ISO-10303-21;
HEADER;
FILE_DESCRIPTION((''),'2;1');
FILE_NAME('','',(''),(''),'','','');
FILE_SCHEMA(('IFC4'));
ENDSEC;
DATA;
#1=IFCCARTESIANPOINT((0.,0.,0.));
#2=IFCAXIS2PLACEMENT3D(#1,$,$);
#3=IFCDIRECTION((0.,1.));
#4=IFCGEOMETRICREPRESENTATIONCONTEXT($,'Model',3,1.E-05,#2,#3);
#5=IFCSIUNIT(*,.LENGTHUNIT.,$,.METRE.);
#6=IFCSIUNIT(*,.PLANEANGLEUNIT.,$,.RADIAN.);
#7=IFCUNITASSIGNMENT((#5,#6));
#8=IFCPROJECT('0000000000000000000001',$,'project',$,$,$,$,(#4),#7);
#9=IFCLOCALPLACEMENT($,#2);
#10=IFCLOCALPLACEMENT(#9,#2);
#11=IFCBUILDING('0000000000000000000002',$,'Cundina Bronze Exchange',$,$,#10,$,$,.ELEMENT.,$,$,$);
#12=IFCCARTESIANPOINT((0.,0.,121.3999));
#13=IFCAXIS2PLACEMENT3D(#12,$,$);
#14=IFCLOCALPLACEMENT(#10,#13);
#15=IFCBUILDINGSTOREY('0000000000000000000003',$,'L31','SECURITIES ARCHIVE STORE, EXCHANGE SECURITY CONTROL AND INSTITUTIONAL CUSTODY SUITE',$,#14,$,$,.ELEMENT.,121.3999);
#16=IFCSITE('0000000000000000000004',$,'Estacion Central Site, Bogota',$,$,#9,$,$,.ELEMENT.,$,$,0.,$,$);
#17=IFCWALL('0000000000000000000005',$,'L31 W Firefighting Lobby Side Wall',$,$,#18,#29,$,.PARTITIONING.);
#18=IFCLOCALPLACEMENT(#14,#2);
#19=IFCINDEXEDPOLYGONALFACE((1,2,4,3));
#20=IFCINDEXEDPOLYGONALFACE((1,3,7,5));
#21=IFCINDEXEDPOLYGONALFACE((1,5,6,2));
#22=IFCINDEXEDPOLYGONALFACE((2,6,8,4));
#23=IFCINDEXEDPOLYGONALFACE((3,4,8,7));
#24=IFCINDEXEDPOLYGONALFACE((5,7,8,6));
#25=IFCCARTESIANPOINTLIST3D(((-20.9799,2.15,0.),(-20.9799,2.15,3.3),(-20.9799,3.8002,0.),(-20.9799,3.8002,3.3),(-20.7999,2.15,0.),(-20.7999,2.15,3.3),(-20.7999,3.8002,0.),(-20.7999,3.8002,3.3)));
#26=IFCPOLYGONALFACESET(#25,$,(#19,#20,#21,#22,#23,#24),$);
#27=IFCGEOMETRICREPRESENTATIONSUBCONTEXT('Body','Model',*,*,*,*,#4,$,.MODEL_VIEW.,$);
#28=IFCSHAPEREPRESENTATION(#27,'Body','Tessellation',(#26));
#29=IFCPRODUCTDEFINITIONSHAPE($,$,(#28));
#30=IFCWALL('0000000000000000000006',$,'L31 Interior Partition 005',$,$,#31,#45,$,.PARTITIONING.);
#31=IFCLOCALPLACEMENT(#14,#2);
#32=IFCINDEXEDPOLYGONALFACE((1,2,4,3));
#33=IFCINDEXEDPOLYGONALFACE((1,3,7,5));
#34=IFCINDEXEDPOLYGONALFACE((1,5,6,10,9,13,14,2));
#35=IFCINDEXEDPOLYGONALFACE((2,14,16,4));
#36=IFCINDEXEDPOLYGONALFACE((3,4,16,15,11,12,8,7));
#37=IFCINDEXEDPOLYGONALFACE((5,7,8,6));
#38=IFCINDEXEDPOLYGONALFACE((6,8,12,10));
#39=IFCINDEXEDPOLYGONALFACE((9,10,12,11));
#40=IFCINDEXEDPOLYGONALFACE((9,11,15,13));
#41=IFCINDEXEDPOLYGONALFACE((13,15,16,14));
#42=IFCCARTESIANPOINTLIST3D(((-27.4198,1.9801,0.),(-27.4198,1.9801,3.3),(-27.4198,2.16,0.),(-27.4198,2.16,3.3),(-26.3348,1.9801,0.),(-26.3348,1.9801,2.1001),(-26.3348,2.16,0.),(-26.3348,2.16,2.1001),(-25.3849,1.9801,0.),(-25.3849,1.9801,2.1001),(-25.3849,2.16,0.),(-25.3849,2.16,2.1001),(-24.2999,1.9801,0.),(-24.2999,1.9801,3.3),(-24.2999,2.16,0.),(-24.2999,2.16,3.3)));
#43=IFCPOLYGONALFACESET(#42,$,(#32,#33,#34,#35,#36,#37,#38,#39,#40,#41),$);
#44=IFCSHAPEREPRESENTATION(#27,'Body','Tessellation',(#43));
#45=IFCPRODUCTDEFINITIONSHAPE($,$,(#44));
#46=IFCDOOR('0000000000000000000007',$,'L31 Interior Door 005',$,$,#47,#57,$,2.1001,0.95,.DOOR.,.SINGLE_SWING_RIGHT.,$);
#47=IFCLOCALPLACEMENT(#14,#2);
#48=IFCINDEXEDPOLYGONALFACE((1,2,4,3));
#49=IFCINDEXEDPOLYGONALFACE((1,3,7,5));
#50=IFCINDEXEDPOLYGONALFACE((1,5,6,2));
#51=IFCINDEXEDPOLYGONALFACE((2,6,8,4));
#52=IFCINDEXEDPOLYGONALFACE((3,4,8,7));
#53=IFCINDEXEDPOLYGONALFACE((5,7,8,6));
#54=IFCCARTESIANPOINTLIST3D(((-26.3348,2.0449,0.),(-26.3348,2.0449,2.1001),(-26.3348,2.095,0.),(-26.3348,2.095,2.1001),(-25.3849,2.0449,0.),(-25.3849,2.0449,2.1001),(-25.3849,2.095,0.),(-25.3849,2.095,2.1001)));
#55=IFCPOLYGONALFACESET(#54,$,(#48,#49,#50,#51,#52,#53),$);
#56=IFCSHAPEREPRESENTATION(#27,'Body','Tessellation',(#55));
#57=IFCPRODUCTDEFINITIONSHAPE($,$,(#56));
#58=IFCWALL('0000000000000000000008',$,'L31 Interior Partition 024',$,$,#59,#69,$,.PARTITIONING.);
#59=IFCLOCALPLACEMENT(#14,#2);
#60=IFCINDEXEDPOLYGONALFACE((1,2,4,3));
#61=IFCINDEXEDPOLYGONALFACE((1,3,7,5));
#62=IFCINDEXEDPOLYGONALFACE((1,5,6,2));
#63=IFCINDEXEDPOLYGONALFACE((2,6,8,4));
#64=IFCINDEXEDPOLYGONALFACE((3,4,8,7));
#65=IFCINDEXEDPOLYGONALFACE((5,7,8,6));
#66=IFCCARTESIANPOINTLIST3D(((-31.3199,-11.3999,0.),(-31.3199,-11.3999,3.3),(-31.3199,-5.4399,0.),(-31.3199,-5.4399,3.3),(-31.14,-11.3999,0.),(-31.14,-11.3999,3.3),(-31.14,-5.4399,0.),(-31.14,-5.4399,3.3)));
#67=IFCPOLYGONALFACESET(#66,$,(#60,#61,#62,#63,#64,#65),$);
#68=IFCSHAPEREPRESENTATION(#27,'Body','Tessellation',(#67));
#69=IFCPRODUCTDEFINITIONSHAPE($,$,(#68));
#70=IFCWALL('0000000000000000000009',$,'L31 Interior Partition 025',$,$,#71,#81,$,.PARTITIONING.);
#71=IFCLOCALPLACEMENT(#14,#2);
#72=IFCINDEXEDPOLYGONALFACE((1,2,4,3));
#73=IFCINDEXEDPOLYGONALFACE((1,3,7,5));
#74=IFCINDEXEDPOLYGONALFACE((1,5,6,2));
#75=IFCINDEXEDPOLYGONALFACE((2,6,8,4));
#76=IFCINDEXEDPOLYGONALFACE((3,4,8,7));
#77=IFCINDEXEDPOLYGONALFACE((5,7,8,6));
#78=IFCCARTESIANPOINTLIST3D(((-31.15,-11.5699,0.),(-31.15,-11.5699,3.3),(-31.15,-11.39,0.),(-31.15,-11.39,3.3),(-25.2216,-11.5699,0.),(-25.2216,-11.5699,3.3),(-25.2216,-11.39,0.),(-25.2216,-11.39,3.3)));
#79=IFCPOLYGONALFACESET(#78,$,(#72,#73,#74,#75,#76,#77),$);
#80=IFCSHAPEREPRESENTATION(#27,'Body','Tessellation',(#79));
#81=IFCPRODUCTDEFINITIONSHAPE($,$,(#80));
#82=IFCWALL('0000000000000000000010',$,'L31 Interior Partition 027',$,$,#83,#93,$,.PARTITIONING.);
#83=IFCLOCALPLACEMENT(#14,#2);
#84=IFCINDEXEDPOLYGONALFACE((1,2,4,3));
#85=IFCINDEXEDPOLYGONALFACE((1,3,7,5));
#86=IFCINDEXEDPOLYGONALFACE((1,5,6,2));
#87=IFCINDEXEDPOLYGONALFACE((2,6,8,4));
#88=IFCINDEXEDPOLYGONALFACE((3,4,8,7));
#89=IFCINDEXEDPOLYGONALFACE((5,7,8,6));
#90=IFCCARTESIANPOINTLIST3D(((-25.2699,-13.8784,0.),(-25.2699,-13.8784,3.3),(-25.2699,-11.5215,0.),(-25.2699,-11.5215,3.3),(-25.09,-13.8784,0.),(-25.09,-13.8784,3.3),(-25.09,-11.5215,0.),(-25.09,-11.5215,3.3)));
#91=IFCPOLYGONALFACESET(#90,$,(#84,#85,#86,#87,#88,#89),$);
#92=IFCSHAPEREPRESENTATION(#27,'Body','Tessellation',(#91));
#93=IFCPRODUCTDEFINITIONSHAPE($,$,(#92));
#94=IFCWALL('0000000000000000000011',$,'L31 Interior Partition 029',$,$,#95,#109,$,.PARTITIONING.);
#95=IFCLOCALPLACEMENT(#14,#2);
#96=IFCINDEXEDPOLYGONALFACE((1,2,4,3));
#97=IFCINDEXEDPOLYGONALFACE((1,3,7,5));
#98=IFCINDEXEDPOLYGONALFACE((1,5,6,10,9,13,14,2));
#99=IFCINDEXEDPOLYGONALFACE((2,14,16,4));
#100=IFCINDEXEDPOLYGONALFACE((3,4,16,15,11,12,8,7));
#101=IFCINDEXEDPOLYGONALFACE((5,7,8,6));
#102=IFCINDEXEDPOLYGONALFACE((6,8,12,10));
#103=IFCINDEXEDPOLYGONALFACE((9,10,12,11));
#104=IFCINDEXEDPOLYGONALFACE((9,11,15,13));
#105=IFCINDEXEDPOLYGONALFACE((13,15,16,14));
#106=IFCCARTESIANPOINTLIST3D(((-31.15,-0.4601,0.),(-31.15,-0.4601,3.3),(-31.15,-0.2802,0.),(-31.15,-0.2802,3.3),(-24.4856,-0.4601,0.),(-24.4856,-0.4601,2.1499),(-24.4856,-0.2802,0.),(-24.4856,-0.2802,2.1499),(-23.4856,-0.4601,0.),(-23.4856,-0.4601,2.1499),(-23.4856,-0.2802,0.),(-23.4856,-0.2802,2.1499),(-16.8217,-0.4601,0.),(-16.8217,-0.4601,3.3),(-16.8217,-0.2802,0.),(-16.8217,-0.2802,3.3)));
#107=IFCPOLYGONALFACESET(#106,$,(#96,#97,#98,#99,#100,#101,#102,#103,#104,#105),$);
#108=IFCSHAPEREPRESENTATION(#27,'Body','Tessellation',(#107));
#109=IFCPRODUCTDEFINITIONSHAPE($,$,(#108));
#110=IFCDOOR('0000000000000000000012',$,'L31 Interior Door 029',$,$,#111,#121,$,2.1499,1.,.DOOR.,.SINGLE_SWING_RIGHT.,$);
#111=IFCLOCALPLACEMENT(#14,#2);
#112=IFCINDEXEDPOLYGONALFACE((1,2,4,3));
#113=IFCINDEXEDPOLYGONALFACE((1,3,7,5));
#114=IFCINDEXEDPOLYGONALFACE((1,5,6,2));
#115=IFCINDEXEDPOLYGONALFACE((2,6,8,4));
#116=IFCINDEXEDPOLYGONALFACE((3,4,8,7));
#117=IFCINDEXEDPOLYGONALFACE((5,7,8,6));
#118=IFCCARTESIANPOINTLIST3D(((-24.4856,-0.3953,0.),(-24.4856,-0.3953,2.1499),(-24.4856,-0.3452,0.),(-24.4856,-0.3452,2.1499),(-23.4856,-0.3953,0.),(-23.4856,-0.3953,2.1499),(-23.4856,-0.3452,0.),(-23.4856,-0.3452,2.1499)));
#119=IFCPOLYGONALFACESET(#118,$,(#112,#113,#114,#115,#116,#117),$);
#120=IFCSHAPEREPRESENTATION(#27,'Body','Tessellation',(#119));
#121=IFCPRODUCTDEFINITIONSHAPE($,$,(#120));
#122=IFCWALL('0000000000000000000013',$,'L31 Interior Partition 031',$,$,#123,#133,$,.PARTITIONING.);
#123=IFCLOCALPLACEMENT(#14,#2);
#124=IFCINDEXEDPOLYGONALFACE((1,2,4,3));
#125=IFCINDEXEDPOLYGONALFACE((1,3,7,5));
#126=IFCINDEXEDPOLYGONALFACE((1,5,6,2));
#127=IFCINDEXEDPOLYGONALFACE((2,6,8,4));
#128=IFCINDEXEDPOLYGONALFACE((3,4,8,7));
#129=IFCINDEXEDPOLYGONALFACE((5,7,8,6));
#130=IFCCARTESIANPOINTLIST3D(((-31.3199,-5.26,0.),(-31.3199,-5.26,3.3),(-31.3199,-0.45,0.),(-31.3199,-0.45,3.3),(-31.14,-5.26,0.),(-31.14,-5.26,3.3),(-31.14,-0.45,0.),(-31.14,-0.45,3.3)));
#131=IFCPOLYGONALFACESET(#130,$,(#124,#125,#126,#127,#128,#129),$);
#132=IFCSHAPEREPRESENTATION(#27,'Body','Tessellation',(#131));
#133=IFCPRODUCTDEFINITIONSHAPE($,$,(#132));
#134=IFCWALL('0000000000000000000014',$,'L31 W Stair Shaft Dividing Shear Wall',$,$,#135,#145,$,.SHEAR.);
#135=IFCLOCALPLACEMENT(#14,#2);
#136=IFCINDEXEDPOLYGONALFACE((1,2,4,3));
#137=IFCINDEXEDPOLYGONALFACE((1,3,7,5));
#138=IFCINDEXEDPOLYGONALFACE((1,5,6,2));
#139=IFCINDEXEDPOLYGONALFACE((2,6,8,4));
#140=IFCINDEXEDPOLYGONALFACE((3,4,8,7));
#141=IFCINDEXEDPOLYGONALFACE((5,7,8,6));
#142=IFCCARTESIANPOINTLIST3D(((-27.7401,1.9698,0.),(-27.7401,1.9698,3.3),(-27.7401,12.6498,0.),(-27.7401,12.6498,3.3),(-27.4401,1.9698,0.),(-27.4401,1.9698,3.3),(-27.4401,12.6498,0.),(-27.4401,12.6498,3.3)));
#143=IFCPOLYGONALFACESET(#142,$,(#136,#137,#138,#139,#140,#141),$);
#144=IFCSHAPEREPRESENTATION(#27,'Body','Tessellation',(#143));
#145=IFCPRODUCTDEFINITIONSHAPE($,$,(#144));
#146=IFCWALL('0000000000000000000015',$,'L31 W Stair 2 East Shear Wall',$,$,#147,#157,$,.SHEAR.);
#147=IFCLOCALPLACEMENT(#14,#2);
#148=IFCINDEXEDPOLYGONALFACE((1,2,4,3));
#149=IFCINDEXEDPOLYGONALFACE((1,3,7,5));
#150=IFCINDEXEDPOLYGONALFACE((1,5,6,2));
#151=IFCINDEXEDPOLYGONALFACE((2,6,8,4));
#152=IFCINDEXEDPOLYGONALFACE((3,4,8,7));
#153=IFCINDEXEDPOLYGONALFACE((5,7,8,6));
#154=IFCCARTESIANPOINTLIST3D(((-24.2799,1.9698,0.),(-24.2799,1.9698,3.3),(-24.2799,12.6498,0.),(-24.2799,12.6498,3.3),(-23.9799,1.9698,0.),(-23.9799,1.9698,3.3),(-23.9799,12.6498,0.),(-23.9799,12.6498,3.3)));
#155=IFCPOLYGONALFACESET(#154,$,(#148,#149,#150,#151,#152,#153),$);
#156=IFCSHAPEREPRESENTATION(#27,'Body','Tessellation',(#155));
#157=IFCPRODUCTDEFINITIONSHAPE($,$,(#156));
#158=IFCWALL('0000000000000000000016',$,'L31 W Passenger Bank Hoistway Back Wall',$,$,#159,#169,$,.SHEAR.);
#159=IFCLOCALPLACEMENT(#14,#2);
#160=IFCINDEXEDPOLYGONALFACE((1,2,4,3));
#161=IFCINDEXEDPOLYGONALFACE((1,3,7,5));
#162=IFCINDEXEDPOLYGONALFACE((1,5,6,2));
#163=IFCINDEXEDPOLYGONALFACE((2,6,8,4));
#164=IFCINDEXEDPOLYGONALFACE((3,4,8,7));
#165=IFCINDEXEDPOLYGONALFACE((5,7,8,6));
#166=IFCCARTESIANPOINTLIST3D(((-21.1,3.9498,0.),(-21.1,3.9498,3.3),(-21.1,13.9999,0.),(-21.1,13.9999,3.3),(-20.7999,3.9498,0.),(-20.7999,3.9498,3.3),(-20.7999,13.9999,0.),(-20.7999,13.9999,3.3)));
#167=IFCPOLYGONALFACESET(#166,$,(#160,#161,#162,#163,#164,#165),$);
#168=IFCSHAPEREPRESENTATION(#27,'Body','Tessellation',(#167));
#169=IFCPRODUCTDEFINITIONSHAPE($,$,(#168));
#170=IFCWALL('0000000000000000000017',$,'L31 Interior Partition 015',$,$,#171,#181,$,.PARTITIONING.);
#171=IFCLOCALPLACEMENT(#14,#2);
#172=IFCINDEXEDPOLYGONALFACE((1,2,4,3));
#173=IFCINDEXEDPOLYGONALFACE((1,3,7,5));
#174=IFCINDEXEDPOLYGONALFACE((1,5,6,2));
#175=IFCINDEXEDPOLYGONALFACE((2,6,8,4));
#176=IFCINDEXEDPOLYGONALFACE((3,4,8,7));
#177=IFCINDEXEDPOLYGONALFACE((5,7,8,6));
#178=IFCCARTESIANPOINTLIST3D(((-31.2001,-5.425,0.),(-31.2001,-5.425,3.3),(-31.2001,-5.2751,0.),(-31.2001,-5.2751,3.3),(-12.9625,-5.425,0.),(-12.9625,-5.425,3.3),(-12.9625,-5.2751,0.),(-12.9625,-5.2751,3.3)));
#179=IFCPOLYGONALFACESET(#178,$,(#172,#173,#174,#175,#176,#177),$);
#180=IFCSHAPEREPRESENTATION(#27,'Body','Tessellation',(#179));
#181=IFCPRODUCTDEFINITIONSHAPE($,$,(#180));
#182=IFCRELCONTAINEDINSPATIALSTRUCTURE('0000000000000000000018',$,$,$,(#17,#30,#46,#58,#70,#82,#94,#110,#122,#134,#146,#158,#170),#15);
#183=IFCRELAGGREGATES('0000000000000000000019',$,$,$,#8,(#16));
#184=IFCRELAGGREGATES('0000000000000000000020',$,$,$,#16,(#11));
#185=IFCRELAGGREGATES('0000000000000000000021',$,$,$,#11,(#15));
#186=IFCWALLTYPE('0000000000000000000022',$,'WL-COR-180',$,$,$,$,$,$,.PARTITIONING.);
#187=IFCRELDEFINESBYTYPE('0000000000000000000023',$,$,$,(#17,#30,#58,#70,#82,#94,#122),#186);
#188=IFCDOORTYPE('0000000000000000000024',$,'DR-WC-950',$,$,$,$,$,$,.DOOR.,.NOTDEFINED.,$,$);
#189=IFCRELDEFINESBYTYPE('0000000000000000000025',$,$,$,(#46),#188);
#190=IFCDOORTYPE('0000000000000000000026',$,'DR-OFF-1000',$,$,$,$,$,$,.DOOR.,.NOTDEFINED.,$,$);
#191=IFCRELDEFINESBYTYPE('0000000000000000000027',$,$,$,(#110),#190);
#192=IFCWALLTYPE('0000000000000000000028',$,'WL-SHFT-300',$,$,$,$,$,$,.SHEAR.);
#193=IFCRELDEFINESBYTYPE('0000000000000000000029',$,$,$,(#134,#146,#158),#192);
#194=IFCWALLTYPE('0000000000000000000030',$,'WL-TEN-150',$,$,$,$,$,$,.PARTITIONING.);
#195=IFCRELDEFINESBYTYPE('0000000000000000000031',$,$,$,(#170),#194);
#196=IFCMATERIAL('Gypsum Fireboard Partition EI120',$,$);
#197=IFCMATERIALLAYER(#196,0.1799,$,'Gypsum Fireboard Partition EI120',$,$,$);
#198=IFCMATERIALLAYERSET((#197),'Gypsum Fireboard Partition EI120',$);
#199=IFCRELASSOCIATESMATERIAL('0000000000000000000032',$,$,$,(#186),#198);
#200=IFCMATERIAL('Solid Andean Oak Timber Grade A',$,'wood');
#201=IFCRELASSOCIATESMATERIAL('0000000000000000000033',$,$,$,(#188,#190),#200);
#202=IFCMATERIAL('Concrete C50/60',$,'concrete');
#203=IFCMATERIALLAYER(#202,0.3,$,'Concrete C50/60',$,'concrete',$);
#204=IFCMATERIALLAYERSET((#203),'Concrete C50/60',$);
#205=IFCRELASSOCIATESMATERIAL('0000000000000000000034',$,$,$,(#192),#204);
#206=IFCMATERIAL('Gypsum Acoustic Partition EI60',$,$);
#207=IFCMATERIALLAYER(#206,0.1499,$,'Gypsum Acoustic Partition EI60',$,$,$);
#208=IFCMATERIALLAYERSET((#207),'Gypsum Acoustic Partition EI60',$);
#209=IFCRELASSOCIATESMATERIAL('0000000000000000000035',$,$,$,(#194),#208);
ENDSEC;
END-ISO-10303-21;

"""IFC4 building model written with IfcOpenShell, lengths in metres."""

from ifc_helpers import new_model, si_unit, direction, frame, frame_2d, origin, place, context, subcontext, project, spatial, rectangle, extrude, material, layer, layer_set, type_object, element, fill, save


model = new_model("IFC4")

# Units and contexts
model_context = context("Model", 3, precision=1e-05, world=origin(), true_north=direction((0.0, 1.0)))
body_context = subcontext(model_context, "Body", "Model", "MODEL_VIEW")
ifc_project = project(units=[si_unit("LENGTHUNIT", "METRE"), si_unit("PLANEANGLEUNIT", "RADIAN")], contexts=[model_context])

# Site, building, storey
site_placement = place(None, origin())
site = spatial("IfcSite", under=ifc_project, at=site_placement, Name="Estacion Central Site, Bogota", CompositionType="ELEMENT", RefElevation=0.0)
building_placement = place(site_placement, origin())
building = spatial("IfcBuilding", under=site, at=building_placement, Name="Cundina Bronze Exchange", CompositionType="ELEMENT")
storey_placement = place(building_placement, frame((0.0, 0.0, 121.3999)))
storey = spatial("IfcBuildingStorey", under=building, at=storey_placement, Name="L31", Description="SECURITIES ARCHIVE STORE, EXCHANGE SECURITY CONTROL AND INSTITUTIONAL CUSTODY SUITE", CompositionType="ELEMENT", Elevation=121.3999)

# Wall
ifc_material_1 = material(Name="Gypsum Fireboard Partition EI120")
ifc_layer_1 = layer(ifc_material_1, 0.1799, Name="Gypsum Fireboard Partition EI120")
ifc_layer_set_1 = layer_set([ifc_layer_1], Name="Gypsum Fireboard Partition EI120")
wall_type_1 = type_object("IfcWallType", Name="WL-COR-180", PredefinedType="PARTITIONING", material=ifc_layer_set_1)
wall_1_placement = place(storey_placement, frame((-20.8899, 2.1499, 0.0), z_axis=(0.0, 0.0, 1.0), x_axis=(0.0, 1.0, 0.0)))
element("IfcWall", 1, at=wall_1_placement, inside=storey, type_object=wall_type_1, Name="L31 W Firefighting Lobby Side Wall", PredefinedType="PARTITIONING", context=body_context, shape_type="SweptSolid", body=[
    extrude(rectangle(XDim=1.6501, YDim=0.1799, at=frame_2d((0.8252, 0.0))), origin(), (0.0, 0.0, 1.0), 3.3),
])

# Wall, opening, door
wall_2_placement = place(storey_placement, frame((-27.4199, 2.0701, 0.0), z_axis=(0.0, 0.0, 1.0), x_axis=(1.0, 0.0, 0.0)))
wall_2 = element("IfcWall", 2, at=wall_2_placement, inside=storey, type_object=wall_type_1, Name="L31 Interior Partition 005", PredefinedType="PARTITIONING", context=body_context, shape_type="SweptSolid", body=[
    extrude(rectangle(XDim=3.1199, YDim=0.1799, at=frame_2d((1.5601, 0.0))), origin(), (0.0, 0.0, 1.0), 3.3),
])
opening_1_placement = place(wall_2_placement, frame((1.085, 0.0, 0.0)))
opening_1 = element("IfcOpeningElement", 3, at=opening_1_placement, cuts=wall_2, PredefinedType="OPENING", context=body_context, shape_type="SweptSolid", body=[
    extrude(rectangle(XDim=0.95, YDim=2.1001, at=frame_2d((0.4751, 1.05))), frame((0.0, 0.0999, 0.0), z_axis=(0.0, -1.0, 0.0), x_axis=(1.0, 0.0, 0.0)), (0.0, 0.0, 1.0), 0.2),
])
ifc_material_2 = material(Name="Solid Andean Oak Timber Grade A", Category="wood")
door_type_1 = type_object("IfcDoorType", Name="DR-WC-950", OperationType="NOTDEFINED", PredefinedType="DOOR", material=ifc_material_2)
door_1_placement = place(opening_1_placement, origin())
door_1 = element("IfcDoor", 4, at=door_1_placement, inside=storey, type_object=door_type_1, Name="L31 Interior Door 005", OperationType="SINGLE_SWING_RIGHT", OverallHeight=2.1001, OverallWidth=0.95, PredefinedType="DOOR", context=body_context, shape_type="SweptSolid", body=[
    extrude(rectangle(XDim=0.95, YDim=2.1001, at=frame_2d((0.4751, 1.05))), frame((0.0, 0.0249, 0.0), z_axis=(0.0, -1.0, 0.0), x_axis=(1.0, 0.0, 0.0)), (0.0, 0.0, 1.0), 0.05),
])
fill(opening_1, door_1)

# Walls
wall_3_placement = place(storey_placement, frame((-31.23, -11.3999, 0.0), z_axis=(0.0, 0.0, 1.0), x_axis=(0.0, 1.0, 0.0)))
element("IfcWall", 5, at=wall_3_placement, inside=storey, type_object=wall_type_1, Name="L31 Interior Partition 024", PredefinedType="PARTITIONING", context=body_context, shape_type="SweptSolid", body=[
    extrude(rectangle(XDim=5.96, YDim=0.1799, at=frame_2d((2.98, 0.0))), origin(), (0.0, 0.0, 1.0), 3.3),
])
wall_4_placement = place(storey_placement, frame((-25.2214, -11.48, 0.0), z_axis=(0.0, 0.0, 1.0), x_axis=(-1.0, 0.0, 0.0)))
element("IfcWall", 6, at=wall_4_placement, inside=storey, type_object=wall_type_1, Name="L31 Interior Partition 025", PredefinedType="PARTITIONING", context=body_context, shape_type="SweptSolid", body=[
    extrude(rectangle(XDim=5.9285, YDim=0.1799, at=frame_2d((2.9644, 0.0))), origin(), (0.0, 0.0, 1.0), 3.3),
])
wall_5_placement = place(storey_placement, frame((-25.1799, -13.8784, 0.0), z_axis=(0.0, 0.0, 1.0), x_axis=(0.0, 1.0, 0.0)))
element("IfcWall", 7, at=wall_5_placement, inside=storey, type_object=wall_type_1, Name="L31 Interior Partition 027", PredefinedType="PARTITIONING", context=body_context, shape_type="SweptSolid", body=[
    extrude(rectangle(XDim=2.3569, YDim=0.1799, at=frame_2d((1.1785, 0.0))), origin(), (0.0, 0.0, 1.0), 3.3),
])

# Wall, opening, door
wall_6_placement = place(storey_placement, frame((-31.1499, -0.3701, 0.0), z_axis=(0.0, 0.0, 1.0), x_axis=(1.0, 0.0, 0.0)))
wall_6 = element("IfcWall", 8, at=wall_6_placement, inside=storey, type_object=wall_type_1, Name="L31 Interior Partition 029", PredefinedType="PARTITIONING", context=body_context, shape_type="SweptSolid", body=[
    extrude(rectangle(XDim=14.3284, YDim=0.1799, at=frame_2d((7.1641, 0.0))), origin(), (0.0, 0.0, 1.0), 3.3),
])
opening_2_placement = place(wall_6_placement, frame((6.6643, 0.0, 0.0)))
opening_2 = element("IfcOpeningElement", 9, at=opening_2_placement, cuts=wall_6, PredefinedType="OPENING", context=body_context, shape_type="SweptSolid", body=[
    extrude(rectangle(XDim=1.0, YDim=2.1499, at=frame_2d((0.5, 1.075))), frame((0.0, 0.0999, 0.0), z_axis=(0.0, -1.0, 0.0), x_axis=(1.0, 0.0, 0.0)), (0.0, 0.0, 1.0), 0.2),
])
door_type_2 = type_object("IfcDoorType", Name="DR-OFF-1000", OperationType="NOTDEFINED", PredefinedType="DOOR", material=ifc_material_2)
door_2_placement = place(opening_2_placement, origin())
door_2 = element("IfcDoor", 10, at=door_2_placement, inside=storey, type_object=door_type_2, Name="L31 Interior Door 029", OperationType="SINGLE_SWING_RIGHT", OverallHeight=2.1499, OverallWidth=1.0, PredefinedType="DOOR", context=body_context, shape_type="SweptSolid", body=[
    extrude(rectangle(XDim=1.0, YDim=2.1499, at=frame_2d((0.5, 1.075))), frame((0.0, 0.0249, 0.0), z_axis=(0.0, -1.0, 0.0), x_axis=(1.0, 0.0, 0.0)), (0.0, 0.0, 1.0), 0.05),
])
fill(opening_2, door_2)

# Walls
wall_7_placement = place(storey_placement, frame((-31.23, -5.26, 0.0), z_axis=(0.0, 0.0, 1.0), x_axis=(0.0, 1.0, 0.0)))
element("IfcWall", 11, at=wall_7_placement, inside=storey, type_object=wall_type_1, Name="L31 Interior Partition 031", PredefinedType="PARTITIONING", context=body_context, shape_type="SweptSolid", body=[
    extrude(rectangle(XDim=4.8101, YDim=0.1799, at=frame_2d((2.405, 0.0))), origin(), (0.0, 0.0, 1.0), 3.3),
])
ifc_material_3 = material(Name="Concrete C50/60", Category="concrete")
ifc_layer_2 = layer(ifc_material_3, 0.3, Name="Concrete C50/60", Category="concrete")
ifc_layer_set_2 = layer_set([ifc_layer_2], Name="Concrete C50/60")
wall_type_2 = type_object("IfcWallType", Name="WL-SHFT-300", PredefinedType="SHEAR", material=ifc_layer_set_2)
for number, where, z_axis, x_axis, name in (
    (12, (-27.5901, 1.97, 0.0), (0.0, 0.0, 1.0), (0.0, 1.0, 0.0), "L31 W Stair Shaft Dividing Shear Wall"),
    (13, (-24.1299, 1.97, 0.0), (0.0, 0.0, 1.0), (0.0, 1.0, 0.0), "L31 W Stair 2 East Shear Wall"),
):
    element("IfcWall", number, at=place(storey_placement, frame(where, z_axis=z_axis, x_axis=x_axis)), inside=storey, type_object=wall_type_2, Name=name, PredefinedType="SHEAR", context=body_context, shape_type="SweptSolid", body=[
        extrude(rectangle(XDim=10.6799, YDim=0.3, at=frame_2d((5.3398, 0.0))), origin(), (0.0, 0.0, 1.0), 3.3),
    ])
wall_8_placement = place(storey_placement, frame((-20.95, 3.95, 0.0), z_axis=(0.0, 0.0, 1.0), x_axis=(0.0, 1.0, 0.0)))
element("IfcWall", 14, at=wall_8_placement, inside=storey, type_object=wall_type_2, Name="L31 W Passenger Bank Hoistway Back Wall", PredefinedType="SHEAR", context=body_context, shape_type="SweptSolid", body=[
    extrude(rectangle(XDim=10.05, YDim=0.3, at=frame_2d((5.0249, 0.0))), origin(), (0.0, 0.0, 1.0), 3.3),
])
ifc_material_4 = material(Name="Gypsum Acoustic Partition EI60")
ifc_layer_3 = layer(ifc_material_4, 0.1499, Name="Gypsum Acoustic Partition EI60")
ifc_layer_set_3 = layer_set([ifc_layer_3], Name="Gypsum Acoustic Partition EI60")
wall_type_3 = type_object("IfcWallType", Name="WL-TEN-150", PredefinedType="PARTITIONING", material=ifc_layer_set_3)
wall_9_placement = place(storey_placement, frame((-31.2, -5.3501, 0.0), z_axis=(0.0, 0.0, 1.0), x_axis=(1.0, 0.0, 0.0)))
element("IfcWall", 15, at=wall_9_placement, inside=storey, type_object=wall_type_3, Name="L31 Interior Partition 015", PredefinedType="PARTITIONING", context=body_context, shape_type="SweptSolid", body=[
    extrude(rectangle(XDim=18.2375, YDim=0.1499, at=frame_2d((9.1187, 0.0))), origin(), (0.0, 0.0, 1.0), 3.3),
])

save(model, "model.ifc")
